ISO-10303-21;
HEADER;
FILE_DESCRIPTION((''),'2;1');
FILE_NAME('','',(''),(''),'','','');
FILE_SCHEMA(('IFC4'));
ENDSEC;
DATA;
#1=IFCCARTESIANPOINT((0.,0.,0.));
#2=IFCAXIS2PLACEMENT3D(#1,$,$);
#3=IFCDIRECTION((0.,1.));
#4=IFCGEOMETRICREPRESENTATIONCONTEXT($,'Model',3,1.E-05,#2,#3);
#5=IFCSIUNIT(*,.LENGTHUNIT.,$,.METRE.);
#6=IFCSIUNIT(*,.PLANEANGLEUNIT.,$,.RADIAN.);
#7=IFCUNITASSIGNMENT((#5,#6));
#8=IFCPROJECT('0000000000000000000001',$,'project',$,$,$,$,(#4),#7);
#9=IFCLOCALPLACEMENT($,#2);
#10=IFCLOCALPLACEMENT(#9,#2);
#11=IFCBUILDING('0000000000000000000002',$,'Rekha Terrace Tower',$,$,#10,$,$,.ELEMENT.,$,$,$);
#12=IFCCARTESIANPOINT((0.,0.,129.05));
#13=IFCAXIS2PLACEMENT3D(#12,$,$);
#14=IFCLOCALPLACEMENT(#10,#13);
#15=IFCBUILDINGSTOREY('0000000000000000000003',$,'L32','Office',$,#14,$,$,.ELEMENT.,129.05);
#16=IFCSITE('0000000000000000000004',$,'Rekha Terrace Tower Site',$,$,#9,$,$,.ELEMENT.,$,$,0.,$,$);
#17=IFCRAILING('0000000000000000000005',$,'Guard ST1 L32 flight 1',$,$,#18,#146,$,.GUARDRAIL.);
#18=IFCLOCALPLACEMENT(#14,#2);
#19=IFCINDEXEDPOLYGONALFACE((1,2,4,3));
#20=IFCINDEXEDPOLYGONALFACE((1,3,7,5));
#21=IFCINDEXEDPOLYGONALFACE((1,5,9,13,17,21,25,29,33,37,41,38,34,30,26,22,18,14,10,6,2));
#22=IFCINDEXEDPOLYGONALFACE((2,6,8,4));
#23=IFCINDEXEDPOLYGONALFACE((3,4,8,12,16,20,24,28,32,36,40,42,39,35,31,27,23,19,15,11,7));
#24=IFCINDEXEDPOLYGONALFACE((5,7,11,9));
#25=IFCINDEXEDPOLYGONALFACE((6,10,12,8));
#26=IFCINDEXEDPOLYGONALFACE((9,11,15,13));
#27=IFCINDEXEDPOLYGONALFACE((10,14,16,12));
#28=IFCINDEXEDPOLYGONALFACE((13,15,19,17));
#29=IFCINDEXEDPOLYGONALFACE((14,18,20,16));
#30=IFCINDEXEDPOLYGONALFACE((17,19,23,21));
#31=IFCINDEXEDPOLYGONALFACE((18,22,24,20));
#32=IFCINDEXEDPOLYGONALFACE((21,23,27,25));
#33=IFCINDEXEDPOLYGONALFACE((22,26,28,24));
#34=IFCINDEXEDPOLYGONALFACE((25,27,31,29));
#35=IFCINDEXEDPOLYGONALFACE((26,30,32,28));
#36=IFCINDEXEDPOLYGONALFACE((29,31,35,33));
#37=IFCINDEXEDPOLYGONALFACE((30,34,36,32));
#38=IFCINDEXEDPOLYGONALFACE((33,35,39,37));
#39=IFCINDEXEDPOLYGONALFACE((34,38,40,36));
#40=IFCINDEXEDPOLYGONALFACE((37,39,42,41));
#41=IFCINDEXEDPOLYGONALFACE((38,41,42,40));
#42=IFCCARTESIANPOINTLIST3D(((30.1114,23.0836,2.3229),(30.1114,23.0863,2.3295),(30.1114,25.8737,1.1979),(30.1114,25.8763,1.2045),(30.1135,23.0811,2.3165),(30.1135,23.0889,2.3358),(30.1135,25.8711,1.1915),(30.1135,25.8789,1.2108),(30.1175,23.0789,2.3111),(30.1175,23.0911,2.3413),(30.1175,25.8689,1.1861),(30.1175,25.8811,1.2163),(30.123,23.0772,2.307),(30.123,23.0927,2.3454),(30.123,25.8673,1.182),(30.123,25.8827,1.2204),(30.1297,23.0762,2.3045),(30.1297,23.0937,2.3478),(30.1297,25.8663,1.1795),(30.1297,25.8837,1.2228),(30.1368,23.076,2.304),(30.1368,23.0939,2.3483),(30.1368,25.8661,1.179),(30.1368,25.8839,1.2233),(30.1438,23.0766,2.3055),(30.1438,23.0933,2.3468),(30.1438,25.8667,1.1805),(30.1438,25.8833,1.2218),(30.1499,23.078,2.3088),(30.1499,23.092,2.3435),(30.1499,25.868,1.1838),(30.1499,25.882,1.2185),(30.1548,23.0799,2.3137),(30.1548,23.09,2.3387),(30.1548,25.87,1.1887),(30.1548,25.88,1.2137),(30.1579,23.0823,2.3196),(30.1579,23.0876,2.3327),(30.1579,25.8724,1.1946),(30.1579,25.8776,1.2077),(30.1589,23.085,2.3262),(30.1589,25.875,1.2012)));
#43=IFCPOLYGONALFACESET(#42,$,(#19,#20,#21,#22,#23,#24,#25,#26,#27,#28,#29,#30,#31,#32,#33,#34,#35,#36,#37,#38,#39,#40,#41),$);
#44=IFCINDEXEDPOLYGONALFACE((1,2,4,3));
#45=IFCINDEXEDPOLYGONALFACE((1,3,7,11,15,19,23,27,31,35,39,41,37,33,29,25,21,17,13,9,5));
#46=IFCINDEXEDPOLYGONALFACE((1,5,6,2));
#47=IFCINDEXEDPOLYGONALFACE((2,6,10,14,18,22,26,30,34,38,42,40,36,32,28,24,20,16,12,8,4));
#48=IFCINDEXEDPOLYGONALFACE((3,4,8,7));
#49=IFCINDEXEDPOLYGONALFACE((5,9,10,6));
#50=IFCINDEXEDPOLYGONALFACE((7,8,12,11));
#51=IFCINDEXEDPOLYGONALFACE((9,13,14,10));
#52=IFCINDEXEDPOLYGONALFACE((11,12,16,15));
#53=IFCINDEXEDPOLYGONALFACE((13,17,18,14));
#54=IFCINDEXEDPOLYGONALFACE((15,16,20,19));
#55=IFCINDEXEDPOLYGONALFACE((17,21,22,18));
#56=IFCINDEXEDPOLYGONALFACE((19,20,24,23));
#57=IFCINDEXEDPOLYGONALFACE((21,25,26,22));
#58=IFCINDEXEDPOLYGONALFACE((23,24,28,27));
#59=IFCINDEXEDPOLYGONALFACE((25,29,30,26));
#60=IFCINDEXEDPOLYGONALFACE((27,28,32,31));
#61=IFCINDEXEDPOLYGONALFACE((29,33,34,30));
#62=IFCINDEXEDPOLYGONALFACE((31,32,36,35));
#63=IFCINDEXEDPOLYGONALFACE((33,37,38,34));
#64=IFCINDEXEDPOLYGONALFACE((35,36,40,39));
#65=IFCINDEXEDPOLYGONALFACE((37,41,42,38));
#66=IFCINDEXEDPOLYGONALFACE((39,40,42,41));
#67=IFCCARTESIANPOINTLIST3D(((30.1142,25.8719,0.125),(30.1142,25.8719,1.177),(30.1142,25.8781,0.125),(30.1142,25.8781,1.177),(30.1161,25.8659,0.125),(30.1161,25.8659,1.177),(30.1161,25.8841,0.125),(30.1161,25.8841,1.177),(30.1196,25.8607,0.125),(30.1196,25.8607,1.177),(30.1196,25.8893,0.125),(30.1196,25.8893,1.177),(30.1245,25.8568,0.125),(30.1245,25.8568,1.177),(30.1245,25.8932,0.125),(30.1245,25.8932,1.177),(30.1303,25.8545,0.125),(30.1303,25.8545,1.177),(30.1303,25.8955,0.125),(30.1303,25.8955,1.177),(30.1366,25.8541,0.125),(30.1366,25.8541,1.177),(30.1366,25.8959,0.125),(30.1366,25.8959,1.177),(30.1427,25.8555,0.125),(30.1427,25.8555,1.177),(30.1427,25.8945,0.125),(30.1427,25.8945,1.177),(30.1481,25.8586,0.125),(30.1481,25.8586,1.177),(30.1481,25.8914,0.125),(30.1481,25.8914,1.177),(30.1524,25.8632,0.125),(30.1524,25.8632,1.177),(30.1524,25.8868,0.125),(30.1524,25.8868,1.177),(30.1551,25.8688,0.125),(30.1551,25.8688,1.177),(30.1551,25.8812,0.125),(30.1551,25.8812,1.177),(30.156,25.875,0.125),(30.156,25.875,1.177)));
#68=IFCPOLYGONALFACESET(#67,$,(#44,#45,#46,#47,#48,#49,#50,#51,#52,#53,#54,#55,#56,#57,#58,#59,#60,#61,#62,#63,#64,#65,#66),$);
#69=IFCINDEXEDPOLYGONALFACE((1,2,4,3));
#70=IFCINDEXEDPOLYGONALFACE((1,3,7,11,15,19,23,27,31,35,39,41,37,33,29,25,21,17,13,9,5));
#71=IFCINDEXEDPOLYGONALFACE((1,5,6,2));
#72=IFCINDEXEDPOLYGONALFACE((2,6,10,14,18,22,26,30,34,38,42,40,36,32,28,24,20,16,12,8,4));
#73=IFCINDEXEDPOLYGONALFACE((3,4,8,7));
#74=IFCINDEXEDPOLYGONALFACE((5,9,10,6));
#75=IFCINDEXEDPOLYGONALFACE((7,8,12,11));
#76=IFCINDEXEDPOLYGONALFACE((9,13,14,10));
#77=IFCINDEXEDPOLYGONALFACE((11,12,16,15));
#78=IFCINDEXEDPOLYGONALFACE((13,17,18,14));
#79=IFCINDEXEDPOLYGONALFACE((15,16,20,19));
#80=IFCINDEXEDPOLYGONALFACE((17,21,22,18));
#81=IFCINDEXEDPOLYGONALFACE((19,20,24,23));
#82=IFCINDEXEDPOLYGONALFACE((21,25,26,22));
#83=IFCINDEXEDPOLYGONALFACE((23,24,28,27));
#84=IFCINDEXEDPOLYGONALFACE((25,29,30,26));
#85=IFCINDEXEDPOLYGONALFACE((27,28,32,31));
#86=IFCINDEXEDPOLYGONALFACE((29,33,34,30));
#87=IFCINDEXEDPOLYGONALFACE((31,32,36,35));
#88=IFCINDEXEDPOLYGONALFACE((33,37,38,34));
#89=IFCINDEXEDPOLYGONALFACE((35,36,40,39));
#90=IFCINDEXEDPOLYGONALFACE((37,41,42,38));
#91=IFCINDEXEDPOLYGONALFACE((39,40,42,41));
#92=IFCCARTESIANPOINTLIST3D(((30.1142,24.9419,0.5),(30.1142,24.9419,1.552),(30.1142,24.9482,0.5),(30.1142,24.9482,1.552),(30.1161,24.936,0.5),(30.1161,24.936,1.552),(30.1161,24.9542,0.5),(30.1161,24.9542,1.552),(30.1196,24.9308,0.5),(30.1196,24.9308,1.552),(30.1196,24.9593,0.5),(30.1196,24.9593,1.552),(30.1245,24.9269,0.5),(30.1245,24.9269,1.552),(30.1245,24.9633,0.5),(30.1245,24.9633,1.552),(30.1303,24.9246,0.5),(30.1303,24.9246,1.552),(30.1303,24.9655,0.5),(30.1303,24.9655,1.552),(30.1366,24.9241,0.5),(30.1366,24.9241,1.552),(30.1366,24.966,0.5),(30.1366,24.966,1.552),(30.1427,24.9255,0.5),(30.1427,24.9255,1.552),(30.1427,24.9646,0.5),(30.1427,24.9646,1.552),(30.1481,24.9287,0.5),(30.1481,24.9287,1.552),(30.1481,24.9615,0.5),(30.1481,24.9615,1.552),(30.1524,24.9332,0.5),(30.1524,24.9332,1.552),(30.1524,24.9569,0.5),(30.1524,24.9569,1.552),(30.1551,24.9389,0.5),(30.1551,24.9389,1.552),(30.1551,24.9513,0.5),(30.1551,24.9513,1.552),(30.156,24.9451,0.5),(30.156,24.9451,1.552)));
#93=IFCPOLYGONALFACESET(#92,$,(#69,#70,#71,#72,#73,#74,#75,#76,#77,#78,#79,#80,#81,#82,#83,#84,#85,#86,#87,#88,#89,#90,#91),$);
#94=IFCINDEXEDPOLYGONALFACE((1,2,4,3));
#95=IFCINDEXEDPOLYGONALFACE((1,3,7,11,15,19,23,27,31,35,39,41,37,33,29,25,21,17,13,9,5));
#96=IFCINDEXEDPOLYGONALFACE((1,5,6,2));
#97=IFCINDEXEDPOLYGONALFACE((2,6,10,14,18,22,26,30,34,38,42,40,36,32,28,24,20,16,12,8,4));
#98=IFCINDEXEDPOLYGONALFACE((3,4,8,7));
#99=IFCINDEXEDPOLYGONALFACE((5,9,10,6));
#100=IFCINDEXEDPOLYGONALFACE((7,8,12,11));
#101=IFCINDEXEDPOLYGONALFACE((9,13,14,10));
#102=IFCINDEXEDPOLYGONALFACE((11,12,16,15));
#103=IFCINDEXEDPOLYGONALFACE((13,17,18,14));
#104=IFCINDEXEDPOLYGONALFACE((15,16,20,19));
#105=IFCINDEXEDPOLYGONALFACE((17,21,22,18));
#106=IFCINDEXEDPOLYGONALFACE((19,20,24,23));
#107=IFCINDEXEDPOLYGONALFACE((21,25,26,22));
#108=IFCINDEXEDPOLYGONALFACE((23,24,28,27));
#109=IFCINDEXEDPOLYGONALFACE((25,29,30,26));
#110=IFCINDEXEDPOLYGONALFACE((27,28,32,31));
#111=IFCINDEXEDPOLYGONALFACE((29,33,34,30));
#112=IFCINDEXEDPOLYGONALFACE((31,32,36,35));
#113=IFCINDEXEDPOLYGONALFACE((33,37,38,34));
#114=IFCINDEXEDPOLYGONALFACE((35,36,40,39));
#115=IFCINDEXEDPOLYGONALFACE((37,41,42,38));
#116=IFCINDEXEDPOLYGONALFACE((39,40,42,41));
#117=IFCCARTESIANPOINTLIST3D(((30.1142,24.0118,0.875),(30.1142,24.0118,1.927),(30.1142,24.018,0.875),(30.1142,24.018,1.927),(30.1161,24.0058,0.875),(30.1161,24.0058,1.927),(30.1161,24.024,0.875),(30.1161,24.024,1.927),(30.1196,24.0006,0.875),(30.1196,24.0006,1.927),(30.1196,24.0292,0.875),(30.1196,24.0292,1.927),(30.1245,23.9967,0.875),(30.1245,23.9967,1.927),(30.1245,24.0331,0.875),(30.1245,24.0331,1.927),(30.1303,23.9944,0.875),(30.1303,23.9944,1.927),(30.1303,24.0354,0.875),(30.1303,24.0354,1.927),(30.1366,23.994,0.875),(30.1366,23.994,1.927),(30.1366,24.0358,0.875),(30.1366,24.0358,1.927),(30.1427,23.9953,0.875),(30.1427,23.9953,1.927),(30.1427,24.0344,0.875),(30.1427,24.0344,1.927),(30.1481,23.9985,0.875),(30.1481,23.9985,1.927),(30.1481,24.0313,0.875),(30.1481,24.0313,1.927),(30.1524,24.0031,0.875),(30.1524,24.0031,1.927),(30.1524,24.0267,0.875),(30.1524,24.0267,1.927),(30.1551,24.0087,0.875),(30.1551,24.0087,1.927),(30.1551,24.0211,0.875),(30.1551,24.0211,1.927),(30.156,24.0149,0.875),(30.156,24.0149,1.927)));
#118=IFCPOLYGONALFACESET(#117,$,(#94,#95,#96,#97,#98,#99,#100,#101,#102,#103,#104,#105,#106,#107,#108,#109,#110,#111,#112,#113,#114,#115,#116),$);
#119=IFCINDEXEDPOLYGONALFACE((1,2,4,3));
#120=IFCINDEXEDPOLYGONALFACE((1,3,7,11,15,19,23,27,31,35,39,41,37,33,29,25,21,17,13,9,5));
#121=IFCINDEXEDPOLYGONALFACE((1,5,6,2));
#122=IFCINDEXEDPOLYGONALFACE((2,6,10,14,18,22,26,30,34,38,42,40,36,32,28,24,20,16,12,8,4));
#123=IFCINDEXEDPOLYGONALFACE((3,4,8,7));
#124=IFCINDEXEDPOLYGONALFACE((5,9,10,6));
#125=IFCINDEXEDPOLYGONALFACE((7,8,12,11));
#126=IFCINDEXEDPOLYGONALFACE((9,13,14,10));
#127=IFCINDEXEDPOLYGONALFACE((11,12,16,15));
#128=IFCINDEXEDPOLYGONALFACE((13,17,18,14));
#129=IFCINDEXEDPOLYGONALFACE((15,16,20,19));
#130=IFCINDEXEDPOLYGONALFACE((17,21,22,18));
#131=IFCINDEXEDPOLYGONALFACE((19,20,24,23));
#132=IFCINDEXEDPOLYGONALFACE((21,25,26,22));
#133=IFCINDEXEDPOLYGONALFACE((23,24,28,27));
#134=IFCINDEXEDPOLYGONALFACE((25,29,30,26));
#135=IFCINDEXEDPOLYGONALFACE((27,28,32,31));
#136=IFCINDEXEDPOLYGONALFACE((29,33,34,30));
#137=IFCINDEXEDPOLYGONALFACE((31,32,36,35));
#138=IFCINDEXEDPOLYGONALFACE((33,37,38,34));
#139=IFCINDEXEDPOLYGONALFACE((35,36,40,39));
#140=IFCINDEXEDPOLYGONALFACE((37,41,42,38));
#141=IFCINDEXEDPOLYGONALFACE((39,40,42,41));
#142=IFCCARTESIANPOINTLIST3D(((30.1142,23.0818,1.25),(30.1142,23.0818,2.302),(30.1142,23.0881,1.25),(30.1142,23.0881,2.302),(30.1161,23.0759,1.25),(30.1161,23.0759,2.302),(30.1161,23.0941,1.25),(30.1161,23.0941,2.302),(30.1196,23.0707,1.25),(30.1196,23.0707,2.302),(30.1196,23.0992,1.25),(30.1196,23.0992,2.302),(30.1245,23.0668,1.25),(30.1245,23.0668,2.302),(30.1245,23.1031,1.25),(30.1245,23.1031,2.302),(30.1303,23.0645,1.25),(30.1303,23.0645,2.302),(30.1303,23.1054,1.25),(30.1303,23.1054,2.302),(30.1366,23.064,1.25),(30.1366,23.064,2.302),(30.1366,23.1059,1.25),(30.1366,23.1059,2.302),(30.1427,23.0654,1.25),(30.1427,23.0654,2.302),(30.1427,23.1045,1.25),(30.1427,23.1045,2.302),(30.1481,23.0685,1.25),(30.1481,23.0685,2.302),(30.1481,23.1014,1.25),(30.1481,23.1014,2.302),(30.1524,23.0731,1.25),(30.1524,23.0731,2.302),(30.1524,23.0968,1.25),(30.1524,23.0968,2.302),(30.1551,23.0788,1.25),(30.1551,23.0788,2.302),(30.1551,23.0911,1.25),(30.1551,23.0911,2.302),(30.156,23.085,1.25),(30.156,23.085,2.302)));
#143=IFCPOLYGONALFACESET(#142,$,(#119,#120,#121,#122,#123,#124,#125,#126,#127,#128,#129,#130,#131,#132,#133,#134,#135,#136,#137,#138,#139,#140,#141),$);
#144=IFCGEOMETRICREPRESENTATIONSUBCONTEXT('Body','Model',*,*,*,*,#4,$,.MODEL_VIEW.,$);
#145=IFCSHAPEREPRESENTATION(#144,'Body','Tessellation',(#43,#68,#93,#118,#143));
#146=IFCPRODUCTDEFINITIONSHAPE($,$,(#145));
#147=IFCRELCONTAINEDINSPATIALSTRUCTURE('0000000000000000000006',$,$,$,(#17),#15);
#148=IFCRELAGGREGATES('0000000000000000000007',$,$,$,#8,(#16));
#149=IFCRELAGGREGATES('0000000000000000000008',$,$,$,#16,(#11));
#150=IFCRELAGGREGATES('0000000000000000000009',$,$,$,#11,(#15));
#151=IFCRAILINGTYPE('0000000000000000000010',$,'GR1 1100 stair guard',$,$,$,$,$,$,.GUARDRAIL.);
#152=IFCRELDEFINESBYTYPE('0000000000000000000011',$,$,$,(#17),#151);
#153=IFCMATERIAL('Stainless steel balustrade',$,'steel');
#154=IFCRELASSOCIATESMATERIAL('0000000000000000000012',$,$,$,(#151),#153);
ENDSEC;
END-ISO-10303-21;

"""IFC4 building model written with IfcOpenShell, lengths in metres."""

from ifc_helpers import new_model, si_unit, direction, frame, origin, origin_2d, place, context, subcontext, project, spatial, circle, extrude, material, type_object, element, save


model = new_model("IFC4")

# Units and contexts
model_context = context("Model", 3, precision=1e-05, world=origin(), true_north=direction((0.0, 1.0)))
body_context = subcontext(model_context, "Body", "Model", "MODEL_VIEW")
ifc_project = project(units=[si_unit("LENGTHUNIT", "METRE"), si_unit("PLANEANGLEUNIT", "RADIAN")], contexts=[model_context])

# Site, building, storey
site_placement = place(None, origin())
site = spatial("IfcSite", under=ifc_project, at=site_placement, Name="Rekha Terrace Tower Site", CompositionType="ELEMENT", RefElevation=0.0)
building_placement = place(site_placement, origin())
building = spatial("IfcBuilding", under=site, at=building_placement, Name="Rekha Terrace Tower", CompositionType="ELEMENT")
storey_placement = place(building_placement, frame((0.0, 0.0, 129.05)))
storey = spatial("IfcBuildingStorey", under=building, at=storey_placement, Name="L32", Description="Office", CompositionType="ELEMENT", Elevation=129.05)

# Railing
ifc_material_1 = material(Name="Stainless steel balustrade", Category="steel")
railing_type_1 = type_object("IfcRailingType", Name="GR1 1100 stair guard", PredefinedType="GUARDRAIL", material=ifc_material_1)
railing_1_placement = place(storey_placement, frame((30.135, 25.875, 0.125)))
element("IfcRailing", 1, at=railing_1_placement, inside=storey, type_object=railing_type_1, Name="Guard ST1 L32 flight 1", PredefinedType="GUARDRAIL", context=body_context, shape_type="SweptSolid", body=[
    extrude(circle(Radius=0.0239, at=origin_2d()), frame((0.0, 0.0, 1.0762), z_axis=(0.0, -0.927443, 0.373964), x_axis=(1.0, 0.0, 0.0)), (0.0, 0.0, 1.0), 3.0083),
    extrude(circle(Radius=0.021, at=origin_2d()), origin(), (0.0, 0.0, 1.0), 1.052),
    extrude(circle(Radius=0.021, at=origin_2d()), frame((0.0, -0.9299, 0.375)), (0.0, 0.0, 1.0), 1.052),
    extrude(circle(Radius=0.021, at=origin_2d()), frame((0.0, -1.8601, 0.75)), (0.0, 0.0, 1.0), 1.052),
    extrude(circle(Radius=0.021, at=origin_2d()), frame((0.0, -2.79, 1.125)), (0.0, 0.0, 1.0), 1.052),
])

save(model, "model.ifc")
